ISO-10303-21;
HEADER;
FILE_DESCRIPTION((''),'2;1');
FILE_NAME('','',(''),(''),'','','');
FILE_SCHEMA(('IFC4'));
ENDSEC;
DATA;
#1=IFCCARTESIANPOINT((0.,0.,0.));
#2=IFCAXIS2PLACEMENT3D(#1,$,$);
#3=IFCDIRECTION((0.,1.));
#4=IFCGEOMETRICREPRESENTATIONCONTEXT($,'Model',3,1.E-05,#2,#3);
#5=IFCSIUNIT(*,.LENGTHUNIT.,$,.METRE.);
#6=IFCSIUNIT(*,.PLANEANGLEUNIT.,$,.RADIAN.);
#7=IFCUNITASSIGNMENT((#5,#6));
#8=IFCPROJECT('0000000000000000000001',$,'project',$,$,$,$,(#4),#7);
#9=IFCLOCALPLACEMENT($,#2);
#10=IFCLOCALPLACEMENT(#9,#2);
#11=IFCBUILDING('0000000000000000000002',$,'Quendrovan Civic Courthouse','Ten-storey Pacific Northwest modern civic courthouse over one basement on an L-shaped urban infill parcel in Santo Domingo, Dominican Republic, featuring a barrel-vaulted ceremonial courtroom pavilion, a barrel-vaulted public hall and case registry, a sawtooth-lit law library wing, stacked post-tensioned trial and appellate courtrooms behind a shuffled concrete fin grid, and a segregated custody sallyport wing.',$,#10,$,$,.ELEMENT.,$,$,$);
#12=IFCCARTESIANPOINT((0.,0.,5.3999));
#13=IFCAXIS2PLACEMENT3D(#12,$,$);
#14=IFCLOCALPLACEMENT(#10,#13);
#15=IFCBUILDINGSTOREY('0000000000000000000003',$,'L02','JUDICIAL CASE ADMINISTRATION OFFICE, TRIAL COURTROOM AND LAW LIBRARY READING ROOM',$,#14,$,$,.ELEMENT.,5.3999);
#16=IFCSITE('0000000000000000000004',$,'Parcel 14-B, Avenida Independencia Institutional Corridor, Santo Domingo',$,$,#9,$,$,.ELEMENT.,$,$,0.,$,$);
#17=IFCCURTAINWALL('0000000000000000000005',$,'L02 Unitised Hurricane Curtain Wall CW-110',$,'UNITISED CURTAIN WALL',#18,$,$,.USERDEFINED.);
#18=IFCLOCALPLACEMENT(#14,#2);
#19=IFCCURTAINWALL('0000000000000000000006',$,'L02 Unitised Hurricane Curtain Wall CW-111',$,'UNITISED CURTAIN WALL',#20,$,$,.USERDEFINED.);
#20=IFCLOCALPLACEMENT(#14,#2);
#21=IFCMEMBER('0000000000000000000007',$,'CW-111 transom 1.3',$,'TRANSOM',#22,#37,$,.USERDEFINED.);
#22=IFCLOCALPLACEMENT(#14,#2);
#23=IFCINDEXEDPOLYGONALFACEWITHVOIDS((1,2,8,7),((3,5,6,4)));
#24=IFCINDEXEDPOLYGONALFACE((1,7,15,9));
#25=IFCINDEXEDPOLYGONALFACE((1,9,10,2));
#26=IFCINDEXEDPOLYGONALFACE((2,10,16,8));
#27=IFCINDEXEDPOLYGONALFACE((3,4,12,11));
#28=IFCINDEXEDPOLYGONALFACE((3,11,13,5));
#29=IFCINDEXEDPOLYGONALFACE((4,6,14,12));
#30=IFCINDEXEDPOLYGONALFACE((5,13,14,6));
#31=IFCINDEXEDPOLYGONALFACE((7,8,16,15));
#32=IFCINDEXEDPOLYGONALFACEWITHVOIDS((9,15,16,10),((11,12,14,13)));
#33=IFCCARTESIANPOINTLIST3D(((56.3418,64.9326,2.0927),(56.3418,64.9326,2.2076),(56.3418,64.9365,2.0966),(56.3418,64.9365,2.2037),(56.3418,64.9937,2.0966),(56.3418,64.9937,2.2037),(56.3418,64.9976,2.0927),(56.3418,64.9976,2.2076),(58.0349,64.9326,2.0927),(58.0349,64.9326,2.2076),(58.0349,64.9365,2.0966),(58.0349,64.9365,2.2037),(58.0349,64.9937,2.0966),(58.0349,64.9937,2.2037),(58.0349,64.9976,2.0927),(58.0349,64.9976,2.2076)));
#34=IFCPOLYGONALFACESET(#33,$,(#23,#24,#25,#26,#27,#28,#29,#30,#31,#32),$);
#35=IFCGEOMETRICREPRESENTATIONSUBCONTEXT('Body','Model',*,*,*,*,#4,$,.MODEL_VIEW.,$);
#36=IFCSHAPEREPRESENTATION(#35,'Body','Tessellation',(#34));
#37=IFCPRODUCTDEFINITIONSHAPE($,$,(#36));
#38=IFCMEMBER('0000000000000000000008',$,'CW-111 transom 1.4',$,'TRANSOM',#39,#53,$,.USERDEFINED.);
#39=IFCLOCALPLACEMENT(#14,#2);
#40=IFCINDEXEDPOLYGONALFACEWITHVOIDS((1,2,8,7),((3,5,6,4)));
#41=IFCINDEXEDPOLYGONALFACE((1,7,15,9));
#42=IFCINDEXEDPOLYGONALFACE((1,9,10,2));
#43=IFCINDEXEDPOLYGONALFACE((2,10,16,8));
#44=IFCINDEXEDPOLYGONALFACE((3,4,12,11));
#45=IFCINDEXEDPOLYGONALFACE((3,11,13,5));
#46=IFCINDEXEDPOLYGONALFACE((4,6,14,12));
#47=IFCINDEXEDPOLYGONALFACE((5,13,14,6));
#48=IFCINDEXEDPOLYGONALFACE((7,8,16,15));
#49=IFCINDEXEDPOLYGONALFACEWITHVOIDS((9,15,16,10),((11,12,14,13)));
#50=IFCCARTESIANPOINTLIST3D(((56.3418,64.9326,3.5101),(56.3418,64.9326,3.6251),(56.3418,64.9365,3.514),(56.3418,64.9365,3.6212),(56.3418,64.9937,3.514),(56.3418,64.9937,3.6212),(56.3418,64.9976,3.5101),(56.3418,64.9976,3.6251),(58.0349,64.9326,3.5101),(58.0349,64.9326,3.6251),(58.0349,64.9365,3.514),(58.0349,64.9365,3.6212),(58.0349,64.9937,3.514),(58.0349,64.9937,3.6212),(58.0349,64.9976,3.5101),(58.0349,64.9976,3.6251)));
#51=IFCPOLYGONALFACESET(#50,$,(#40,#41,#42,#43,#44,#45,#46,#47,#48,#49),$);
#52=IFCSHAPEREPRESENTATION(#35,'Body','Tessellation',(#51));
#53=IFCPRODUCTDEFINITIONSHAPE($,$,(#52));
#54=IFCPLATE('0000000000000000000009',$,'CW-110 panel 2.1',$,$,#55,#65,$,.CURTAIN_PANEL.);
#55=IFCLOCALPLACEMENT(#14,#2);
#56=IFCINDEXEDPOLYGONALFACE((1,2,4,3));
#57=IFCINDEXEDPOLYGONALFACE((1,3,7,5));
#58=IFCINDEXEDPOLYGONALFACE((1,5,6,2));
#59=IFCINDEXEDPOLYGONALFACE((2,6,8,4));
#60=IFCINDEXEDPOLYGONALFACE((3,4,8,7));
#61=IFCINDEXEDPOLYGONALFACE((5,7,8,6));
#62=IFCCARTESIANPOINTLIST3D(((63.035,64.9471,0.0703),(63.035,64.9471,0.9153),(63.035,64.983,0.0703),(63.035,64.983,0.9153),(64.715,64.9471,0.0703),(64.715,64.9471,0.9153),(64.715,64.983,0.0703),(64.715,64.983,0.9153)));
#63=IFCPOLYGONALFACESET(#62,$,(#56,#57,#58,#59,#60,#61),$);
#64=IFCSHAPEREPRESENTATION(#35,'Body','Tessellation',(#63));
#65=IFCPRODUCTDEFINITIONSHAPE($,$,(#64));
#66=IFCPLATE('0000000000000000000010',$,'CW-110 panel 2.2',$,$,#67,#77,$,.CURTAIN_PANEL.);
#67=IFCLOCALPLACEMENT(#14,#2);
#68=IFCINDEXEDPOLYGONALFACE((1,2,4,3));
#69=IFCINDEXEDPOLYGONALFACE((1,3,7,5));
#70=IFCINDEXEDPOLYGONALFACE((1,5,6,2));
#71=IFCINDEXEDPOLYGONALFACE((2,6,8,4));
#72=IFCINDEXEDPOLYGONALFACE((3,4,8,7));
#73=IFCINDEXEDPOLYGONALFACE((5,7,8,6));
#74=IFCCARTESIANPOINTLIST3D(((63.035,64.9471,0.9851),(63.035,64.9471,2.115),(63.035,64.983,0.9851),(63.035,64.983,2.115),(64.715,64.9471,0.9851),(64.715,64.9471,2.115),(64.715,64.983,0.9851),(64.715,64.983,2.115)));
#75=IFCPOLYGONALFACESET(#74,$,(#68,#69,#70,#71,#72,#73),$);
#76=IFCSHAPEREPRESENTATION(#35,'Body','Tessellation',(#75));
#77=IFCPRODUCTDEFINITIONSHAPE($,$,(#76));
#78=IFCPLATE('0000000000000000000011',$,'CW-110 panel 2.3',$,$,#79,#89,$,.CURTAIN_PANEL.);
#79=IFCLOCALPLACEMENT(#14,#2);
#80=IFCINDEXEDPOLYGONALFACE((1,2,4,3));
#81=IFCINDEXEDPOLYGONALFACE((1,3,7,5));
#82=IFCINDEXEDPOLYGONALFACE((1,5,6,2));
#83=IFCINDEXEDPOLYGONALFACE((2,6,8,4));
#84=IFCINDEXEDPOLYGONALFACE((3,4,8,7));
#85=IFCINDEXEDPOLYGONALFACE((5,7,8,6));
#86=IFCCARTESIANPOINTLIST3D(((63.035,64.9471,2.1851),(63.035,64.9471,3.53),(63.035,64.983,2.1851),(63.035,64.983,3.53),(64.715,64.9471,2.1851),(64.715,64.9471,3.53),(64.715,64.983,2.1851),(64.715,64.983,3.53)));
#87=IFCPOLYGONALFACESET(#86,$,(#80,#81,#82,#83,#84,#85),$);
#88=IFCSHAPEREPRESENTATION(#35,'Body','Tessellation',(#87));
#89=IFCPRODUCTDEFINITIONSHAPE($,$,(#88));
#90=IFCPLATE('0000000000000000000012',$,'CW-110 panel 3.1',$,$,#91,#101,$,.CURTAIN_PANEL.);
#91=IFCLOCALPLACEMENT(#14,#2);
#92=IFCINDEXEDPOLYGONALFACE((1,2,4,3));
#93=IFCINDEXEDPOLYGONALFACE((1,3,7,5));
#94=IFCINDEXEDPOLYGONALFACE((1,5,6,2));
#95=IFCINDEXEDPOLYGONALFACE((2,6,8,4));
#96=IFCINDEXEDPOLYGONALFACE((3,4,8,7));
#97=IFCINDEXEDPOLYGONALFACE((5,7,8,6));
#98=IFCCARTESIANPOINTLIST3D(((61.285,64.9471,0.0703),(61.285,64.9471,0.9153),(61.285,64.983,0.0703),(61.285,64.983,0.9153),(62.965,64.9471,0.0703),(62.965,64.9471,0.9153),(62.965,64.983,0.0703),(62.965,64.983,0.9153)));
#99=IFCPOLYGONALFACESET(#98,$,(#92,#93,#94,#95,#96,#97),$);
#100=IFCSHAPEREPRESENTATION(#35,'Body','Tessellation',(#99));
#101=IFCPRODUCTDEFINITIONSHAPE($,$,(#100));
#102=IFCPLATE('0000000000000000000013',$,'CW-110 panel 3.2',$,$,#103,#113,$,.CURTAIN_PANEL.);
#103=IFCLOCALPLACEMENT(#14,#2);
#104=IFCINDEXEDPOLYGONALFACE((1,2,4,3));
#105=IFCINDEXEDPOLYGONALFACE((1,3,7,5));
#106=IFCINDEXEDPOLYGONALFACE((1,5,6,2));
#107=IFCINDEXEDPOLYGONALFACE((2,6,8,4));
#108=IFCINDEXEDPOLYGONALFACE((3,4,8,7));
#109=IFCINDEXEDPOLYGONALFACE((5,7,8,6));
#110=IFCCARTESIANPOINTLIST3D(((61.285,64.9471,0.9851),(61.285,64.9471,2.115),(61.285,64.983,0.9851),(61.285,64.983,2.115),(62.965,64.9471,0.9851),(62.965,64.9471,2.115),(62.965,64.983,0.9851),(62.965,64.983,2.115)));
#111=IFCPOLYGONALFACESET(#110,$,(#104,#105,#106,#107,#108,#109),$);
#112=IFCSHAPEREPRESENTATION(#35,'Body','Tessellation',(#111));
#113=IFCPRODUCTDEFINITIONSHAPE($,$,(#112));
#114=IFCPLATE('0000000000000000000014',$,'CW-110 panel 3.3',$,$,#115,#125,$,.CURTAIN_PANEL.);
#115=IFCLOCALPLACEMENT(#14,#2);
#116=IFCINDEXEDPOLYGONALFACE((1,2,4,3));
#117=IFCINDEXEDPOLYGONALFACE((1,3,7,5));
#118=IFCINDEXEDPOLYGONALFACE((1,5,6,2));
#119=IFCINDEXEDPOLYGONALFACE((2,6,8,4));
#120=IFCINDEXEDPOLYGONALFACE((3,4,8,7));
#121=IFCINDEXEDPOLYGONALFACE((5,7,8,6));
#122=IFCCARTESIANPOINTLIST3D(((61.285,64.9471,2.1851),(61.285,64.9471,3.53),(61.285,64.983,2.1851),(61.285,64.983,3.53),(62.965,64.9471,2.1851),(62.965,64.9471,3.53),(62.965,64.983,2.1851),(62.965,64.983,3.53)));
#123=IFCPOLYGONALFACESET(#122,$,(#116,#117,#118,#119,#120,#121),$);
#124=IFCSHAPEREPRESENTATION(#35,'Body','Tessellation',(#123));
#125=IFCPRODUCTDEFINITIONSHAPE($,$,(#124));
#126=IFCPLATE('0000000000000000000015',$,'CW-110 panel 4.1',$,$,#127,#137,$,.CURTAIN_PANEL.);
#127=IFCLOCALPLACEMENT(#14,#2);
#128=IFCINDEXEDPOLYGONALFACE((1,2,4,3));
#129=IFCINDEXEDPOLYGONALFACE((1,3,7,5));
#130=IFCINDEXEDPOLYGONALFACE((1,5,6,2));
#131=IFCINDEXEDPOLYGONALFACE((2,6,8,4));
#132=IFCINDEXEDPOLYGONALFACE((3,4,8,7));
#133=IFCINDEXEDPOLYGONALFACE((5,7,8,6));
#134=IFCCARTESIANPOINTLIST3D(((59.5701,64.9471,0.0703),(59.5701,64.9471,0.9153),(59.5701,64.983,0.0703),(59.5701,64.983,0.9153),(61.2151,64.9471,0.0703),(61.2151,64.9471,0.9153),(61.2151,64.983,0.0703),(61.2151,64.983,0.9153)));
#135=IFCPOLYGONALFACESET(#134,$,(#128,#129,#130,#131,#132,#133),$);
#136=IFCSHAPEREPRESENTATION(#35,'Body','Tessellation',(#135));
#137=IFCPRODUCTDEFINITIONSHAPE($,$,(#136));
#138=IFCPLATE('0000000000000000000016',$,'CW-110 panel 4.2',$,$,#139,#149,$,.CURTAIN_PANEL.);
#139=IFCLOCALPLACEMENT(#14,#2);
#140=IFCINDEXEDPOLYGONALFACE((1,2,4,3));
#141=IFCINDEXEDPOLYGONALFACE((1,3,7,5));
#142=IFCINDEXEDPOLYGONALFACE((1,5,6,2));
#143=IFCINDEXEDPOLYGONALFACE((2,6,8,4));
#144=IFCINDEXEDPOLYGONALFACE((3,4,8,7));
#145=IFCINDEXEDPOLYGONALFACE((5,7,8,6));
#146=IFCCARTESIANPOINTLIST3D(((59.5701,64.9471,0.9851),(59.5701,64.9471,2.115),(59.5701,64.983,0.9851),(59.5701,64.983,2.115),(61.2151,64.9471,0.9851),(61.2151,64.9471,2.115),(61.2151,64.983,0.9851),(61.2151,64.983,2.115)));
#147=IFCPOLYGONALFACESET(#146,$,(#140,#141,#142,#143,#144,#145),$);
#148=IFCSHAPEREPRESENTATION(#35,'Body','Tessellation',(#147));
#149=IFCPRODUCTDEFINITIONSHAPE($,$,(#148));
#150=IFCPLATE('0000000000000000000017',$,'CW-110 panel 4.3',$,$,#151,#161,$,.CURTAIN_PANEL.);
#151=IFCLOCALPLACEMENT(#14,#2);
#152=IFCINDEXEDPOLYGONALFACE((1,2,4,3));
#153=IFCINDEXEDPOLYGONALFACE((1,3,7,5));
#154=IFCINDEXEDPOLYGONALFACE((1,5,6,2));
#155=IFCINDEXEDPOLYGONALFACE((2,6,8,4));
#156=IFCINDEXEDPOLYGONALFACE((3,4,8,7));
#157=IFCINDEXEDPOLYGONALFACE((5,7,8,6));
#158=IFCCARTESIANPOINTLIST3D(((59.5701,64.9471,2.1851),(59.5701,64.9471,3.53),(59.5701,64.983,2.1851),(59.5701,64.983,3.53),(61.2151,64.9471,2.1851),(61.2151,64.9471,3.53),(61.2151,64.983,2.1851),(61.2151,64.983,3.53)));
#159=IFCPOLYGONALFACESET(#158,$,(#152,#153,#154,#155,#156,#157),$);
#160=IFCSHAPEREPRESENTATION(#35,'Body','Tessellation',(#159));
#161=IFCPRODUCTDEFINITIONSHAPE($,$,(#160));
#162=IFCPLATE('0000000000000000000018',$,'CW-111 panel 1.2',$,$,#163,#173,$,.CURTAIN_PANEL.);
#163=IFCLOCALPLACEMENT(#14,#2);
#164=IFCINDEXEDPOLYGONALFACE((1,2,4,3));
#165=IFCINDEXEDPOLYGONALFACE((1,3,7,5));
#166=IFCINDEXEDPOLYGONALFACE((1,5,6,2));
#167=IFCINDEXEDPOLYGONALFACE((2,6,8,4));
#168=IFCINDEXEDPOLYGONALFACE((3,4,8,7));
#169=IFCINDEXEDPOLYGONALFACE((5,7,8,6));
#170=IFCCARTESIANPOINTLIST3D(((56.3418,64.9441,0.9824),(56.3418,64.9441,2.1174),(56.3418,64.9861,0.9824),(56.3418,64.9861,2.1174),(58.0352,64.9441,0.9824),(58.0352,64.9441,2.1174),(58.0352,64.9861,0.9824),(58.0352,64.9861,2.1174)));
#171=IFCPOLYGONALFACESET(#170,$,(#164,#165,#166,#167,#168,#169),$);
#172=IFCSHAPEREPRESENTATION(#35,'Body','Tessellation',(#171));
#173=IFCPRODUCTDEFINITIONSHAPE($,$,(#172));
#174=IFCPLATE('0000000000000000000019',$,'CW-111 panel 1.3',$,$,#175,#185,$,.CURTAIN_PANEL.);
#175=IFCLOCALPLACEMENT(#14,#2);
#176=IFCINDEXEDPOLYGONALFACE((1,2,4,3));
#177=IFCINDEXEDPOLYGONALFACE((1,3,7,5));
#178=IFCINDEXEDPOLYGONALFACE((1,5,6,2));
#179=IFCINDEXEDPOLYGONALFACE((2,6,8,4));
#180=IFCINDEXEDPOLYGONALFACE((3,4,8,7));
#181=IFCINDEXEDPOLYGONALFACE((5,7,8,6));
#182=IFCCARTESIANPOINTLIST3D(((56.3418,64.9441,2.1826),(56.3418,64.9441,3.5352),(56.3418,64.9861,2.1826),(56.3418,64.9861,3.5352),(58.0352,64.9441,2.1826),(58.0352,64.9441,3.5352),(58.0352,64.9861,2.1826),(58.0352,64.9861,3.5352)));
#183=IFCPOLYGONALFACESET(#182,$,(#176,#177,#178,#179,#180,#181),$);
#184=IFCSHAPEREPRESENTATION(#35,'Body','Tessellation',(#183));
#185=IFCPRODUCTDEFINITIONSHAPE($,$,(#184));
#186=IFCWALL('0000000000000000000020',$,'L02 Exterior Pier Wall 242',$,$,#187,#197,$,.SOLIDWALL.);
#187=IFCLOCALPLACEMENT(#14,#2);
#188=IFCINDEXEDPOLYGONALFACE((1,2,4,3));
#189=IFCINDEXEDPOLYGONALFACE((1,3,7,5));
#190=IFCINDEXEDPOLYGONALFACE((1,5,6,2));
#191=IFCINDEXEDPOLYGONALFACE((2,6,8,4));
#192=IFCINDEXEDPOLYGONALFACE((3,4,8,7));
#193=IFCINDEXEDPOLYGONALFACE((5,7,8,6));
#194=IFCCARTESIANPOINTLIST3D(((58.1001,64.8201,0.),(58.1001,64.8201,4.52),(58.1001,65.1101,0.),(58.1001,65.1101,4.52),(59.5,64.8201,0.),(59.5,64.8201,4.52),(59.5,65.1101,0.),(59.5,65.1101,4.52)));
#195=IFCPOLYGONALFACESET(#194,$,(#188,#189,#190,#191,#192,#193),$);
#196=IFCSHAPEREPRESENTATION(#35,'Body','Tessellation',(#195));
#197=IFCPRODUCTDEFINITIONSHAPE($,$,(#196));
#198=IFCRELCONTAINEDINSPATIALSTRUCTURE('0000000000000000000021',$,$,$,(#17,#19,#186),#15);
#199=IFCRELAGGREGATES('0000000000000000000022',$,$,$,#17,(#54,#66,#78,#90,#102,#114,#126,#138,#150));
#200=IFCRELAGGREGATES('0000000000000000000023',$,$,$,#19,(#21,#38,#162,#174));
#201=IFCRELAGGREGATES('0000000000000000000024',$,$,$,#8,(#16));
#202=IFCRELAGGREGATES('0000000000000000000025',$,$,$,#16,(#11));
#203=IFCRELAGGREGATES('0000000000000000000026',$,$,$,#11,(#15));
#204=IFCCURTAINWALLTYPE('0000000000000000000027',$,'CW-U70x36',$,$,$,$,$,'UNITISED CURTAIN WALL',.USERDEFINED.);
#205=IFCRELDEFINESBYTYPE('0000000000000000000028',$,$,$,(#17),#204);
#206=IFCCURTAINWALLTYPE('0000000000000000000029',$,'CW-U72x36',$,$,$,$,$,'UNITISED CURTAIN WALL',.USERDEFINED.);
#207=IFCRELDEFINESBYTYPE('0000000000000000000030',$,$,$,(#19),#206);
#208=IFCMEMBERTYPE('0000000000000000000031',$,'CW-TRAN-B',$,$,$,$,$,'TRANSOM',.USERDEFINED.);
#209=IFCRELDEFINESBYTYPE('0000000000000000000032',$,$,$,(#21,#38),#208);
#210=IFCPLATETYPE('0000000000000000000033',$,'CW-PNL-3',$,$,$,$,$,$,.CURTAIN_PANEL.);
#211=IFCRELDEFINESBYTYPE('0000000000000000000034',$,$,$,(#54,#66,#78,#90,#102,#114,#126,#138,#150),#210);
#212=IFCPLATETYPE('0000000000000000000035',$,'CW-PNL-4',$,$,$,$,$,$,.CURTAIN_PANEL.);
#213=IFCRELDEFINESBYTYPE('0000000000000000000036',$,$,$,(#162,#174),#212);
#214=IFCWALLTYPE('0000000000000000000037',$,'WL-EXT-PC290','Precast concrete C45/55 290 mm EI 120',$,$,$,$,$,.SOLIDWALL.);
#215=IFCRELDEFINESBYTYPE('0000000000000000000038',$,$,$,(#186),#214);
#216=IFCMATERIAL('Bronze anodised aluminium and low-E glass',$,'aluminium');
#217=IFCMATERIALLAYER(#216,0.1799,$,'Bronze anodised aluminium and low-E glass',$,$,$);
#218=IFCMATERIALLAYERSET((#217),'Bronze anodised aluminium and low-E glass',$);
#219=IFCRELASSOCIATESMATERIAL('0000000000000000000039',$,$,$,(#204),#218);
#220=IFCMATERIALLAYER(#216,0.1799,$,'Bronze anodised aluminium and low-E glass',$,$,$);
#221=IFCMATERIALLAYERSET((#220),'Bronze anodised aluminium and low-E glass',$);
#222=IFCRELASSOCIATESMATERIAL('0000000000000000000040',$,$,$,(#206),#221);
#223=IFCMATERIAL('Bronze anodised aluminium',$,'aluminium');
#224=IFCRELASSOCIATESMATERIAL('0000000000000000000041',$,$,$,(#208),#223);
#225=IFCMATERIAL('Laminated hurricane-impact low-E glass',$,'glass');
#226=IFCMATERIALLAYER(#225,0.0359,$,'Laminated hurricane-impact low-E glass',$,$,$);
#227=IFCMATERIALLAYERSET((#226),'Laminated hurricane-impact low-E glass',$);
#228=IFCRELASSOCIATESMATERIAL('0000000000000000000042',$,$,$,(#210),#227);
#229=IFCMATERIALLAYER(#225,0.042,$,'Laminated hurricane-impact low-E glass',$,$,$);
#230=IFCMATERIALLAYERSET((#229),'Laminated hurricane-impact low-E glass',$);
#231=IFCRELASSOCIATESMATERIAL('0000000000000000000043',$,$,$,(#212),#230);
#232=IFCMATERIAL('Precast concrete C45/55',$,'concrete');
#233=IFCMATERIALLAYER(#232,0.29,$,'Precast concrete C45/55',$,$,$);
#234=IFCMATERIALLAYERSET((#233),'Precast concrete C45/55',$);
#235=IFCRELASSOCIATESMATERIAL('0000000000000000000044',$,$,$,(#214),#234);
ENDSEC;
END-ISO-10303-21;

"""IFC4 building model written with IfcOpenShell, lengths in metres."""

from ifc_helpers import new_model, si_unit, direction, frame, frame_2d, origin, origin_2d, place, context, subcontext, project, spatial, rectangle, hollow_rectangle, extrude, material, layer, layer_set, material_profile, profile_set, type_object, element, aggregate, save


model = new_model("IFC4")

# Units and contexts
model_context = context("Model", 3, precision=1e-05, world=origin(), true_north=direction((0.0, 1.0)))
body_context = subcontext(model_context, "Body", "Model", "MODEL_VIEW")
ifc_project = project(units=[si_unit("LENGTHUNIT", "METRE"), si_unit("PLANEANGLEUNIT", "RADIAN")], contexts=[model_context])

# Site, building, storey
site_placement = place(None, origin())
site = spatial("IfcSite", under=ifc_project, at=site_placement, Name="Parcel 14-B, Avenida Independencia Institutional Corridor, Santo Domingo", CompositionType="ELEMENT", RefElevation=0.0)
building_placement = place(site_placement, origin())
building = spatial("IfcBuilding", under=site, at=building_placement, Name="Quendrovan Civic Courthouse", Description="Ten-storey Pacific Northwest modern civic courthouse over one basement on an L-shaped urban infill parcel in Santo Domingo, Dominican Republic, featuring a barrel-vaulted ceremonial courtroom pavilion, a barrel-vaulted public hall and case registry, a sawtooth-lit law library wing, stacked post-tensioned trial and appellate courtrooms behind a shuffled concrete fin grid, and a segregated custody sallyport wing.", CompositionType="ELEMENT")
storey_placement = place(building_placement, frame((0.0, 0.0, 5.3999)))
storey = spatial("IfcBuildingStorey", under=building, at=storey_placement, Name="L02", Description="JUDICIAL CASE ADMINISTRATION OFFICE, TRIAL COURTROOM AND LAW LIBRARY READING ROOM", CompositionType="ELEMENT", Elevation=5.3999)

# Curtain wall
ifc_material_1 = material(Name="Bronze anodised aluminium and low-E glass", Category="aluminium")
ifc_layer_1 = layer(ifc_material_1, 0.1799, Name="Bronze anodised aluminium and low-E glass")
ifc_layer_set_1 = layer_set([ifc_layer_1], Name="Bronze anodised aluminium and low-E glass")
curtain_wall_type_1 = type_object("IfcCurtainWallType", Name="CW-U70x36", ElementType="UNITISED CURTAIN WALL", PredefinedType="USERDEFINED", material=ifc_layer_set_1)
curtain_wall_1_placement = place(storey_placement, origin())
curtain_wall_1 = element("IfcCurtainWall", 1, at=curtain_wall_1_placement, inside=storey, type_object=curtain_wall_type_1, Name="L02 Unitised Hurricane Curtain Wall CW-110", ObjectType="UNITISED CURTAIN WALL", PredefinedType="USERDEFINED")
ifc_material_2 = material(Name="Bronze anodised aluminium", Category="aluminium")

# Curtain wall
ifc_layer_2 = layer(ifc_material_1, 0.1799, Name="Bronze anodised aluminium and low-E glass")
ifc_layer_set_2 = layer_set([ifc_layer_2], Name="Bronze anodised aluminium and low-E glass")
curtain_wall_type_2 = type_object("IfcCurtainWallType", Name="CW-U72x36", ElementType="UNITISED CURTAIN WALL", PredefinedType="USERDEFINED", material=ifc_layer_set_2)
curtain_wall_2_placement = place(storey_placement, origin())
curtain_wall_2 = element("IfcCurtainWall", 2, at=curtain_wall_2_placement, inside=storey, type_object=curtain_wall_type_2, Name="L02 Unitised Hurricane Curtain Wall CW-111", ObjectType="UNITISED CURTAIN WALL", PredefinedType="USERDEFINED")

# Members
ifc_material_profile_1 = material_profile(ifc_material_2, hollow_rectangle(XDim=0.0649, YDim=0.115, WallThickness=0.0039, at=origin_2d()), Name="CW-TRAN-65x115")
ifc_profile_set_1 = profile_set([ifc_material_profile_1], Name="Bronze anodised aluminium")
member_type_1 = type_object("IfcMemberType", Name="CW-TRAN-B", ElementType="TRANSOM", PredefinedType="USERDEFINED", material=ifc_profile_set_1)
member_1_placement = place(storey_placement, frame((58.0349, 64.9651, 2.1501), z_axis=(-1.0, 0.0, 0.0), x_axis=(0.0, -1.0, 0.0)))
member_1 = element("IfcMember", 3, at=member_1_placement, type_object=member_type_1, Name="CW-111 transom 1.3", ObjectType="TRANSOM", PredefinedType="USERDEFINED", context=body_context, shape_type="SweptSolid", body=[
    extrude(hollow_rectangle(XDim=0.0649, YDim=0.115, WallThickness=0.0039, at=origin_2d()), origin(), (0.0, 0.0, 1.0), 1.6931),
])
member_2_placement = place(storey_placement, frame((58.0349, 64.9651, 3.5676), z_axis=(-1.0, 0.0, 0.0), x_axis=(0.0, -1.0, 0.0)))
member_2 = element("IfcMember", 4, at=member_2_placement, type_object=member_type_1, Name="CW-111 transom 1.4", ObjectType="TRANSOM", PredefinedType="USERDEFINED", context=body_context, shape_type="SweptSolid", body=[
    extrude(hollow_rectangle(XDim=0.0649, YDim=0.115, WallThickness=0.0039, at=origin_2d()), origin(), (0.0, 0.0, 1.0), 1.6931),
])

# Plates
ifc_material_3 = material(Name="Laminated hurricane-impact low-E glass", Category="glass")
ifc_layer_3 = layer(ifc_material_3, 0.0359, Name="Laminated hurricane-impact low-E glass")
ifc_layer_set_3 = layer_set([ifc_layer_3], Name="Laminated hurricane-impact low-E glass")
plate_type_1 = type_object("IfcPlateType", Name="CW-PNL-3", PredefinedType="CURTAIN_PANEL", material=ifc_layer_set_3)
plate_1_placement = place(storey_placement, frame((63.875, 64.9651, 0.0703), z_axis=(0.0, 0.0, 1.0), x_axis=(-1.0, 0.0, 0.0)))
plate_1 = element("IfcPlate", 5, at=plate_1_placement, type_object=plate_type_1, Name="CW-110 panel 2.1", PredefinedType="CURTAIN_PANEL", context=body_context, shape_type="SweptSolid", body=[
    extrude(rectangle(XDim=1.6799, YDim=0.0359, at=origin_2d()), origin(), (0.0, 0.0, 1.0), 0.845),
])
plate_2_placement = place(storey_placement, frame((63.875, 64.9651, 0.9851), z_axis=(0.0, 0.0, 1.0), x_axis=(-1.0, 0.0, 0.0)))
plate_2 = element("IfcPlate", 6, at=plate_2_placement, type_object=plate_type_1, Name="CW-110 panel 2.2", PredefinedType="CURTAIN_PANEL", context=body_context, shape_type="SweptSolid", body=[
    extrude(rectangle(XDim=1.6799, YDim=0.0359, at=origin_2d()), origin(), (0.0, 0.0, 1.0), 1.1299),
])
plate_3_placement = place(storey_placement, frame((63.875, 64.9651, 2.1851), z_axis=(0.0, 0.0, 1.0), x_axis=(-1.0, 0.0, 0.0)))
plate_3 = element("IfcPlate", 7, at=plate_3_placement, type_object=plate_type_1, Name="CW-110 panel 2.3", PredefinedType="CURTAIN_PANEL", context=body_context, shape_type="SweptSolid", body=[
    extrude(rectangle(XDim=1.6799, YDim=0.0359, at=origin_2d()), origin(), (0.0, 0.0, 1.0), 1.345),
])
plate_4_placement = place(storey_placement, frame((62.125, 64.9651, 0.0703), z_axis=(0.0, 0.0, 1.0), x_axis=(-1.0, 0.0, 0.0)))
plate_4 = element("IfcPlate", 8, at=plate_4_placement, type_object=plate_type_1, Name="CW-110 panel 3.1", PredefinedType="CURTAIN_PANEL", context=body_context, shape_type="SweptSolid", body=[
    extrude(rectangle(XDim=1.6799, YDim=0.0359, at=origin_2d()), origin(), (0.0, 0.0, 1.0), 0.845),
])
plate_5_placement = place(storey_placement, frame((62.125, 64.9651, 0.9851), z_axis=(0.0, 0.0, 1.0), x_axis=(-1.0, 0.0, 0.0)))
plate_5 = element("IfcPlate", 9, at=plate_5_placement, type_object=plate_type_1, Name="CW-110 panel 3.2", PredefinedType="CURTAIN_PANEL", context=body_context, shape_type="SweptSolid", body=[
    extrude(rectangle(XDim=1.6799, YDim=0.0359, at=origin_2d()), origin(), (0.0, 0.0, 1.0), 1.1299),
])
plate_6_placement = place(storey_placement, frame((62.125, 64.9651, 2.1851), z_axis=(0.0, 0.0, 1.0), x_axis=(-1.0, 0.0, 0.0)))
plate_6 = element("IfcPlate", 10, at=plate_6_placement, type_object=plate_type_1, Name="CW-110 panel 3.3", PredefinedType="CURTAIN_PANEL", context=body_context, shape_type="SweptSolid", body=[
    extrude(rectangle(XDim=1.6799, YDim=0.0359, at=origin_2d()), origin(), (0.0, 0.0, 1.0), 1.345),
])
plate_7_placement = place(storey_placement, frame((60.3926, 64.9651, 0.0703), z_axis=(0.0, 0.0, 1.0), x_axis=(-1.0, 0.0, 0.0)))
plate_7 = element("IfcPlate", 11, at=plate_7_placement, type_object=plate_type_1, Name="CW-110 panel 4.1", PredefinedType="CURTAIN_PANEL", context=body_context, shape_type="SweptSolid", body=[
    extrude(rectangle(XDim=1.645, YDim=0.0359, at=origin_2d()), origin(), (0.0, 0.0, 1.0), 0.845),
])
plate_8_placement = place(storey_placement, frame((60.3926, 64.9651, 0.9851), z_axis=(0.0, 0.0, 1.0), x_axis=(-1.0, 0.0, 0.0)))
plate_8 = element("IfcPlate", 12, at=plate_8_placement, type_object=plate_type_1, Name="CW-110 panel 4.2", PredefinedType="CURTAIN_PANEL", context=body_context, shape_type="SweptSolid", body=[
    extrude(rectangle(XDim=1.645, YDim=0.0359, at=origin_2d()), origin(), (0.0, 0.0, 1.0), 1.1299),
])
plate_9_placement = place(storey_placement, frame((60.3926, 64.9651, 2.1851), z_axis=(0.0, 0.0, 1.0), x_axis=(-1.0, 0.0, 0.0)))
plate_9 = element("IfcPlate", 13, at=plate_9_placement, type_object=plate_type_1, Name="CW-110 panel 4.3", PredefinedType="CURTAIN_PANEL", context=body_context, shape_type="SweptSolid", body=[
    extrude(rectangle(XDim=1.645, YDim=0.0359, at=origin_2d()), origin(), (0.0, 0.0, 1.0), 1.345),
])
aggregate(curtain_wall_1, [plate_1, plate_2, plate_3, plate_4, plate_5, plate_6, plate_7, plate_8, plate_9])
ifc_layer_4 = layer(ifc_material_3, 0.042, Name="Laminated hurricane-impact low-E glass")
ifc_layer_set_4 = layer_set([ifc_layer_4], Name="Laminated hurricane-impact low-E glass")
plate_type_2 = type_object("IfcPlateType", Name="CW-PNL-4", PredefinedType="CURTAIN_PANEL", material=ifc_layer_set_4)
plate_10_placement = place(storey_placement, frame((57.1885, 64.9651, 0.9824), z_axis=(0.0, 0.0, 1.0), x_axis=(-1.0, 0.0, 0.0)))
plate_10 = element("IfcPlate", 14, at=plate_10_placement, type_object=plate_type_2, Name="CW-111 panel 1.2", PredefinedType="CURTAIN_PANEL", context=body_context, shape_type="SweptSolid", body=[
    extrude(rectangle(XDim=1.6934, YDim=0.042, at=origin_2d()), origin(), (0.0, 0.0, 1.0), 1.135),
])
plate_11_placement = place(storey_placement, frame((57.1885, 64.9651, 2.1826), z_axis=(0.0, 0.0, 1.0), x_axis=(-1.0, 0.0, 0.0)))
plate_11 = element("IfcPlate", 15, at=plate_11_placement, type_object=plate_type_2, Name="CW-111 panel 1.3", PredefinedType="CURTAIN_PANEL", context=body_context, shape_type="SweptSolid", body=[
    extrude(rectangle(XDim=1.6934, YDim=0.042, at=origin_2d()), origin(), (0.0, 0.0, 1.0), 1.3525),
])
aggregate(curtain_wall_2, [member_1, member_2, plate_10, plate_11])

# Wall
ifc_material_4 = material(Name="Precast concrete C45/55", Category="concrete")
ifc_layer_5 = layer(ifc_material_4, 0.29, Name="Precast concrete C45/55")
ifc_layer_set_5 = layer_set([ifc_layer_5], Name="Precast concrete C45/55")
wall_type = type_object("IfcWallType", Name="WL-EXT-PC290", Description="Precast concrete C45/55 290 mm EI 120", PredefinedType="SOLIDWALL", material=ifc_layer_set_5)
wall_placement = place(storey_placement, frame((59.5, 64.9651, 0.0), z_axis=(0.0, 0.0, 1.0), x_axis=(-1.0, 0.0, 0.0)))
element("IfcWall", 16, at=wall_placement, inside=storey, type_object=wall_type, Name="L02 Exterior Pier Wall 242", PredefinedType="SOLIDWALL", context=body_context, shape_type="SweptSolid", body=[
    extrude(rectangle(XDim=1.3999, YDim=0.29, at=frame_2d((0.7, 0.0))), origin(), (0.0, 0.0, 1.0), 4.52),
])

save(model, "model.ifc")
